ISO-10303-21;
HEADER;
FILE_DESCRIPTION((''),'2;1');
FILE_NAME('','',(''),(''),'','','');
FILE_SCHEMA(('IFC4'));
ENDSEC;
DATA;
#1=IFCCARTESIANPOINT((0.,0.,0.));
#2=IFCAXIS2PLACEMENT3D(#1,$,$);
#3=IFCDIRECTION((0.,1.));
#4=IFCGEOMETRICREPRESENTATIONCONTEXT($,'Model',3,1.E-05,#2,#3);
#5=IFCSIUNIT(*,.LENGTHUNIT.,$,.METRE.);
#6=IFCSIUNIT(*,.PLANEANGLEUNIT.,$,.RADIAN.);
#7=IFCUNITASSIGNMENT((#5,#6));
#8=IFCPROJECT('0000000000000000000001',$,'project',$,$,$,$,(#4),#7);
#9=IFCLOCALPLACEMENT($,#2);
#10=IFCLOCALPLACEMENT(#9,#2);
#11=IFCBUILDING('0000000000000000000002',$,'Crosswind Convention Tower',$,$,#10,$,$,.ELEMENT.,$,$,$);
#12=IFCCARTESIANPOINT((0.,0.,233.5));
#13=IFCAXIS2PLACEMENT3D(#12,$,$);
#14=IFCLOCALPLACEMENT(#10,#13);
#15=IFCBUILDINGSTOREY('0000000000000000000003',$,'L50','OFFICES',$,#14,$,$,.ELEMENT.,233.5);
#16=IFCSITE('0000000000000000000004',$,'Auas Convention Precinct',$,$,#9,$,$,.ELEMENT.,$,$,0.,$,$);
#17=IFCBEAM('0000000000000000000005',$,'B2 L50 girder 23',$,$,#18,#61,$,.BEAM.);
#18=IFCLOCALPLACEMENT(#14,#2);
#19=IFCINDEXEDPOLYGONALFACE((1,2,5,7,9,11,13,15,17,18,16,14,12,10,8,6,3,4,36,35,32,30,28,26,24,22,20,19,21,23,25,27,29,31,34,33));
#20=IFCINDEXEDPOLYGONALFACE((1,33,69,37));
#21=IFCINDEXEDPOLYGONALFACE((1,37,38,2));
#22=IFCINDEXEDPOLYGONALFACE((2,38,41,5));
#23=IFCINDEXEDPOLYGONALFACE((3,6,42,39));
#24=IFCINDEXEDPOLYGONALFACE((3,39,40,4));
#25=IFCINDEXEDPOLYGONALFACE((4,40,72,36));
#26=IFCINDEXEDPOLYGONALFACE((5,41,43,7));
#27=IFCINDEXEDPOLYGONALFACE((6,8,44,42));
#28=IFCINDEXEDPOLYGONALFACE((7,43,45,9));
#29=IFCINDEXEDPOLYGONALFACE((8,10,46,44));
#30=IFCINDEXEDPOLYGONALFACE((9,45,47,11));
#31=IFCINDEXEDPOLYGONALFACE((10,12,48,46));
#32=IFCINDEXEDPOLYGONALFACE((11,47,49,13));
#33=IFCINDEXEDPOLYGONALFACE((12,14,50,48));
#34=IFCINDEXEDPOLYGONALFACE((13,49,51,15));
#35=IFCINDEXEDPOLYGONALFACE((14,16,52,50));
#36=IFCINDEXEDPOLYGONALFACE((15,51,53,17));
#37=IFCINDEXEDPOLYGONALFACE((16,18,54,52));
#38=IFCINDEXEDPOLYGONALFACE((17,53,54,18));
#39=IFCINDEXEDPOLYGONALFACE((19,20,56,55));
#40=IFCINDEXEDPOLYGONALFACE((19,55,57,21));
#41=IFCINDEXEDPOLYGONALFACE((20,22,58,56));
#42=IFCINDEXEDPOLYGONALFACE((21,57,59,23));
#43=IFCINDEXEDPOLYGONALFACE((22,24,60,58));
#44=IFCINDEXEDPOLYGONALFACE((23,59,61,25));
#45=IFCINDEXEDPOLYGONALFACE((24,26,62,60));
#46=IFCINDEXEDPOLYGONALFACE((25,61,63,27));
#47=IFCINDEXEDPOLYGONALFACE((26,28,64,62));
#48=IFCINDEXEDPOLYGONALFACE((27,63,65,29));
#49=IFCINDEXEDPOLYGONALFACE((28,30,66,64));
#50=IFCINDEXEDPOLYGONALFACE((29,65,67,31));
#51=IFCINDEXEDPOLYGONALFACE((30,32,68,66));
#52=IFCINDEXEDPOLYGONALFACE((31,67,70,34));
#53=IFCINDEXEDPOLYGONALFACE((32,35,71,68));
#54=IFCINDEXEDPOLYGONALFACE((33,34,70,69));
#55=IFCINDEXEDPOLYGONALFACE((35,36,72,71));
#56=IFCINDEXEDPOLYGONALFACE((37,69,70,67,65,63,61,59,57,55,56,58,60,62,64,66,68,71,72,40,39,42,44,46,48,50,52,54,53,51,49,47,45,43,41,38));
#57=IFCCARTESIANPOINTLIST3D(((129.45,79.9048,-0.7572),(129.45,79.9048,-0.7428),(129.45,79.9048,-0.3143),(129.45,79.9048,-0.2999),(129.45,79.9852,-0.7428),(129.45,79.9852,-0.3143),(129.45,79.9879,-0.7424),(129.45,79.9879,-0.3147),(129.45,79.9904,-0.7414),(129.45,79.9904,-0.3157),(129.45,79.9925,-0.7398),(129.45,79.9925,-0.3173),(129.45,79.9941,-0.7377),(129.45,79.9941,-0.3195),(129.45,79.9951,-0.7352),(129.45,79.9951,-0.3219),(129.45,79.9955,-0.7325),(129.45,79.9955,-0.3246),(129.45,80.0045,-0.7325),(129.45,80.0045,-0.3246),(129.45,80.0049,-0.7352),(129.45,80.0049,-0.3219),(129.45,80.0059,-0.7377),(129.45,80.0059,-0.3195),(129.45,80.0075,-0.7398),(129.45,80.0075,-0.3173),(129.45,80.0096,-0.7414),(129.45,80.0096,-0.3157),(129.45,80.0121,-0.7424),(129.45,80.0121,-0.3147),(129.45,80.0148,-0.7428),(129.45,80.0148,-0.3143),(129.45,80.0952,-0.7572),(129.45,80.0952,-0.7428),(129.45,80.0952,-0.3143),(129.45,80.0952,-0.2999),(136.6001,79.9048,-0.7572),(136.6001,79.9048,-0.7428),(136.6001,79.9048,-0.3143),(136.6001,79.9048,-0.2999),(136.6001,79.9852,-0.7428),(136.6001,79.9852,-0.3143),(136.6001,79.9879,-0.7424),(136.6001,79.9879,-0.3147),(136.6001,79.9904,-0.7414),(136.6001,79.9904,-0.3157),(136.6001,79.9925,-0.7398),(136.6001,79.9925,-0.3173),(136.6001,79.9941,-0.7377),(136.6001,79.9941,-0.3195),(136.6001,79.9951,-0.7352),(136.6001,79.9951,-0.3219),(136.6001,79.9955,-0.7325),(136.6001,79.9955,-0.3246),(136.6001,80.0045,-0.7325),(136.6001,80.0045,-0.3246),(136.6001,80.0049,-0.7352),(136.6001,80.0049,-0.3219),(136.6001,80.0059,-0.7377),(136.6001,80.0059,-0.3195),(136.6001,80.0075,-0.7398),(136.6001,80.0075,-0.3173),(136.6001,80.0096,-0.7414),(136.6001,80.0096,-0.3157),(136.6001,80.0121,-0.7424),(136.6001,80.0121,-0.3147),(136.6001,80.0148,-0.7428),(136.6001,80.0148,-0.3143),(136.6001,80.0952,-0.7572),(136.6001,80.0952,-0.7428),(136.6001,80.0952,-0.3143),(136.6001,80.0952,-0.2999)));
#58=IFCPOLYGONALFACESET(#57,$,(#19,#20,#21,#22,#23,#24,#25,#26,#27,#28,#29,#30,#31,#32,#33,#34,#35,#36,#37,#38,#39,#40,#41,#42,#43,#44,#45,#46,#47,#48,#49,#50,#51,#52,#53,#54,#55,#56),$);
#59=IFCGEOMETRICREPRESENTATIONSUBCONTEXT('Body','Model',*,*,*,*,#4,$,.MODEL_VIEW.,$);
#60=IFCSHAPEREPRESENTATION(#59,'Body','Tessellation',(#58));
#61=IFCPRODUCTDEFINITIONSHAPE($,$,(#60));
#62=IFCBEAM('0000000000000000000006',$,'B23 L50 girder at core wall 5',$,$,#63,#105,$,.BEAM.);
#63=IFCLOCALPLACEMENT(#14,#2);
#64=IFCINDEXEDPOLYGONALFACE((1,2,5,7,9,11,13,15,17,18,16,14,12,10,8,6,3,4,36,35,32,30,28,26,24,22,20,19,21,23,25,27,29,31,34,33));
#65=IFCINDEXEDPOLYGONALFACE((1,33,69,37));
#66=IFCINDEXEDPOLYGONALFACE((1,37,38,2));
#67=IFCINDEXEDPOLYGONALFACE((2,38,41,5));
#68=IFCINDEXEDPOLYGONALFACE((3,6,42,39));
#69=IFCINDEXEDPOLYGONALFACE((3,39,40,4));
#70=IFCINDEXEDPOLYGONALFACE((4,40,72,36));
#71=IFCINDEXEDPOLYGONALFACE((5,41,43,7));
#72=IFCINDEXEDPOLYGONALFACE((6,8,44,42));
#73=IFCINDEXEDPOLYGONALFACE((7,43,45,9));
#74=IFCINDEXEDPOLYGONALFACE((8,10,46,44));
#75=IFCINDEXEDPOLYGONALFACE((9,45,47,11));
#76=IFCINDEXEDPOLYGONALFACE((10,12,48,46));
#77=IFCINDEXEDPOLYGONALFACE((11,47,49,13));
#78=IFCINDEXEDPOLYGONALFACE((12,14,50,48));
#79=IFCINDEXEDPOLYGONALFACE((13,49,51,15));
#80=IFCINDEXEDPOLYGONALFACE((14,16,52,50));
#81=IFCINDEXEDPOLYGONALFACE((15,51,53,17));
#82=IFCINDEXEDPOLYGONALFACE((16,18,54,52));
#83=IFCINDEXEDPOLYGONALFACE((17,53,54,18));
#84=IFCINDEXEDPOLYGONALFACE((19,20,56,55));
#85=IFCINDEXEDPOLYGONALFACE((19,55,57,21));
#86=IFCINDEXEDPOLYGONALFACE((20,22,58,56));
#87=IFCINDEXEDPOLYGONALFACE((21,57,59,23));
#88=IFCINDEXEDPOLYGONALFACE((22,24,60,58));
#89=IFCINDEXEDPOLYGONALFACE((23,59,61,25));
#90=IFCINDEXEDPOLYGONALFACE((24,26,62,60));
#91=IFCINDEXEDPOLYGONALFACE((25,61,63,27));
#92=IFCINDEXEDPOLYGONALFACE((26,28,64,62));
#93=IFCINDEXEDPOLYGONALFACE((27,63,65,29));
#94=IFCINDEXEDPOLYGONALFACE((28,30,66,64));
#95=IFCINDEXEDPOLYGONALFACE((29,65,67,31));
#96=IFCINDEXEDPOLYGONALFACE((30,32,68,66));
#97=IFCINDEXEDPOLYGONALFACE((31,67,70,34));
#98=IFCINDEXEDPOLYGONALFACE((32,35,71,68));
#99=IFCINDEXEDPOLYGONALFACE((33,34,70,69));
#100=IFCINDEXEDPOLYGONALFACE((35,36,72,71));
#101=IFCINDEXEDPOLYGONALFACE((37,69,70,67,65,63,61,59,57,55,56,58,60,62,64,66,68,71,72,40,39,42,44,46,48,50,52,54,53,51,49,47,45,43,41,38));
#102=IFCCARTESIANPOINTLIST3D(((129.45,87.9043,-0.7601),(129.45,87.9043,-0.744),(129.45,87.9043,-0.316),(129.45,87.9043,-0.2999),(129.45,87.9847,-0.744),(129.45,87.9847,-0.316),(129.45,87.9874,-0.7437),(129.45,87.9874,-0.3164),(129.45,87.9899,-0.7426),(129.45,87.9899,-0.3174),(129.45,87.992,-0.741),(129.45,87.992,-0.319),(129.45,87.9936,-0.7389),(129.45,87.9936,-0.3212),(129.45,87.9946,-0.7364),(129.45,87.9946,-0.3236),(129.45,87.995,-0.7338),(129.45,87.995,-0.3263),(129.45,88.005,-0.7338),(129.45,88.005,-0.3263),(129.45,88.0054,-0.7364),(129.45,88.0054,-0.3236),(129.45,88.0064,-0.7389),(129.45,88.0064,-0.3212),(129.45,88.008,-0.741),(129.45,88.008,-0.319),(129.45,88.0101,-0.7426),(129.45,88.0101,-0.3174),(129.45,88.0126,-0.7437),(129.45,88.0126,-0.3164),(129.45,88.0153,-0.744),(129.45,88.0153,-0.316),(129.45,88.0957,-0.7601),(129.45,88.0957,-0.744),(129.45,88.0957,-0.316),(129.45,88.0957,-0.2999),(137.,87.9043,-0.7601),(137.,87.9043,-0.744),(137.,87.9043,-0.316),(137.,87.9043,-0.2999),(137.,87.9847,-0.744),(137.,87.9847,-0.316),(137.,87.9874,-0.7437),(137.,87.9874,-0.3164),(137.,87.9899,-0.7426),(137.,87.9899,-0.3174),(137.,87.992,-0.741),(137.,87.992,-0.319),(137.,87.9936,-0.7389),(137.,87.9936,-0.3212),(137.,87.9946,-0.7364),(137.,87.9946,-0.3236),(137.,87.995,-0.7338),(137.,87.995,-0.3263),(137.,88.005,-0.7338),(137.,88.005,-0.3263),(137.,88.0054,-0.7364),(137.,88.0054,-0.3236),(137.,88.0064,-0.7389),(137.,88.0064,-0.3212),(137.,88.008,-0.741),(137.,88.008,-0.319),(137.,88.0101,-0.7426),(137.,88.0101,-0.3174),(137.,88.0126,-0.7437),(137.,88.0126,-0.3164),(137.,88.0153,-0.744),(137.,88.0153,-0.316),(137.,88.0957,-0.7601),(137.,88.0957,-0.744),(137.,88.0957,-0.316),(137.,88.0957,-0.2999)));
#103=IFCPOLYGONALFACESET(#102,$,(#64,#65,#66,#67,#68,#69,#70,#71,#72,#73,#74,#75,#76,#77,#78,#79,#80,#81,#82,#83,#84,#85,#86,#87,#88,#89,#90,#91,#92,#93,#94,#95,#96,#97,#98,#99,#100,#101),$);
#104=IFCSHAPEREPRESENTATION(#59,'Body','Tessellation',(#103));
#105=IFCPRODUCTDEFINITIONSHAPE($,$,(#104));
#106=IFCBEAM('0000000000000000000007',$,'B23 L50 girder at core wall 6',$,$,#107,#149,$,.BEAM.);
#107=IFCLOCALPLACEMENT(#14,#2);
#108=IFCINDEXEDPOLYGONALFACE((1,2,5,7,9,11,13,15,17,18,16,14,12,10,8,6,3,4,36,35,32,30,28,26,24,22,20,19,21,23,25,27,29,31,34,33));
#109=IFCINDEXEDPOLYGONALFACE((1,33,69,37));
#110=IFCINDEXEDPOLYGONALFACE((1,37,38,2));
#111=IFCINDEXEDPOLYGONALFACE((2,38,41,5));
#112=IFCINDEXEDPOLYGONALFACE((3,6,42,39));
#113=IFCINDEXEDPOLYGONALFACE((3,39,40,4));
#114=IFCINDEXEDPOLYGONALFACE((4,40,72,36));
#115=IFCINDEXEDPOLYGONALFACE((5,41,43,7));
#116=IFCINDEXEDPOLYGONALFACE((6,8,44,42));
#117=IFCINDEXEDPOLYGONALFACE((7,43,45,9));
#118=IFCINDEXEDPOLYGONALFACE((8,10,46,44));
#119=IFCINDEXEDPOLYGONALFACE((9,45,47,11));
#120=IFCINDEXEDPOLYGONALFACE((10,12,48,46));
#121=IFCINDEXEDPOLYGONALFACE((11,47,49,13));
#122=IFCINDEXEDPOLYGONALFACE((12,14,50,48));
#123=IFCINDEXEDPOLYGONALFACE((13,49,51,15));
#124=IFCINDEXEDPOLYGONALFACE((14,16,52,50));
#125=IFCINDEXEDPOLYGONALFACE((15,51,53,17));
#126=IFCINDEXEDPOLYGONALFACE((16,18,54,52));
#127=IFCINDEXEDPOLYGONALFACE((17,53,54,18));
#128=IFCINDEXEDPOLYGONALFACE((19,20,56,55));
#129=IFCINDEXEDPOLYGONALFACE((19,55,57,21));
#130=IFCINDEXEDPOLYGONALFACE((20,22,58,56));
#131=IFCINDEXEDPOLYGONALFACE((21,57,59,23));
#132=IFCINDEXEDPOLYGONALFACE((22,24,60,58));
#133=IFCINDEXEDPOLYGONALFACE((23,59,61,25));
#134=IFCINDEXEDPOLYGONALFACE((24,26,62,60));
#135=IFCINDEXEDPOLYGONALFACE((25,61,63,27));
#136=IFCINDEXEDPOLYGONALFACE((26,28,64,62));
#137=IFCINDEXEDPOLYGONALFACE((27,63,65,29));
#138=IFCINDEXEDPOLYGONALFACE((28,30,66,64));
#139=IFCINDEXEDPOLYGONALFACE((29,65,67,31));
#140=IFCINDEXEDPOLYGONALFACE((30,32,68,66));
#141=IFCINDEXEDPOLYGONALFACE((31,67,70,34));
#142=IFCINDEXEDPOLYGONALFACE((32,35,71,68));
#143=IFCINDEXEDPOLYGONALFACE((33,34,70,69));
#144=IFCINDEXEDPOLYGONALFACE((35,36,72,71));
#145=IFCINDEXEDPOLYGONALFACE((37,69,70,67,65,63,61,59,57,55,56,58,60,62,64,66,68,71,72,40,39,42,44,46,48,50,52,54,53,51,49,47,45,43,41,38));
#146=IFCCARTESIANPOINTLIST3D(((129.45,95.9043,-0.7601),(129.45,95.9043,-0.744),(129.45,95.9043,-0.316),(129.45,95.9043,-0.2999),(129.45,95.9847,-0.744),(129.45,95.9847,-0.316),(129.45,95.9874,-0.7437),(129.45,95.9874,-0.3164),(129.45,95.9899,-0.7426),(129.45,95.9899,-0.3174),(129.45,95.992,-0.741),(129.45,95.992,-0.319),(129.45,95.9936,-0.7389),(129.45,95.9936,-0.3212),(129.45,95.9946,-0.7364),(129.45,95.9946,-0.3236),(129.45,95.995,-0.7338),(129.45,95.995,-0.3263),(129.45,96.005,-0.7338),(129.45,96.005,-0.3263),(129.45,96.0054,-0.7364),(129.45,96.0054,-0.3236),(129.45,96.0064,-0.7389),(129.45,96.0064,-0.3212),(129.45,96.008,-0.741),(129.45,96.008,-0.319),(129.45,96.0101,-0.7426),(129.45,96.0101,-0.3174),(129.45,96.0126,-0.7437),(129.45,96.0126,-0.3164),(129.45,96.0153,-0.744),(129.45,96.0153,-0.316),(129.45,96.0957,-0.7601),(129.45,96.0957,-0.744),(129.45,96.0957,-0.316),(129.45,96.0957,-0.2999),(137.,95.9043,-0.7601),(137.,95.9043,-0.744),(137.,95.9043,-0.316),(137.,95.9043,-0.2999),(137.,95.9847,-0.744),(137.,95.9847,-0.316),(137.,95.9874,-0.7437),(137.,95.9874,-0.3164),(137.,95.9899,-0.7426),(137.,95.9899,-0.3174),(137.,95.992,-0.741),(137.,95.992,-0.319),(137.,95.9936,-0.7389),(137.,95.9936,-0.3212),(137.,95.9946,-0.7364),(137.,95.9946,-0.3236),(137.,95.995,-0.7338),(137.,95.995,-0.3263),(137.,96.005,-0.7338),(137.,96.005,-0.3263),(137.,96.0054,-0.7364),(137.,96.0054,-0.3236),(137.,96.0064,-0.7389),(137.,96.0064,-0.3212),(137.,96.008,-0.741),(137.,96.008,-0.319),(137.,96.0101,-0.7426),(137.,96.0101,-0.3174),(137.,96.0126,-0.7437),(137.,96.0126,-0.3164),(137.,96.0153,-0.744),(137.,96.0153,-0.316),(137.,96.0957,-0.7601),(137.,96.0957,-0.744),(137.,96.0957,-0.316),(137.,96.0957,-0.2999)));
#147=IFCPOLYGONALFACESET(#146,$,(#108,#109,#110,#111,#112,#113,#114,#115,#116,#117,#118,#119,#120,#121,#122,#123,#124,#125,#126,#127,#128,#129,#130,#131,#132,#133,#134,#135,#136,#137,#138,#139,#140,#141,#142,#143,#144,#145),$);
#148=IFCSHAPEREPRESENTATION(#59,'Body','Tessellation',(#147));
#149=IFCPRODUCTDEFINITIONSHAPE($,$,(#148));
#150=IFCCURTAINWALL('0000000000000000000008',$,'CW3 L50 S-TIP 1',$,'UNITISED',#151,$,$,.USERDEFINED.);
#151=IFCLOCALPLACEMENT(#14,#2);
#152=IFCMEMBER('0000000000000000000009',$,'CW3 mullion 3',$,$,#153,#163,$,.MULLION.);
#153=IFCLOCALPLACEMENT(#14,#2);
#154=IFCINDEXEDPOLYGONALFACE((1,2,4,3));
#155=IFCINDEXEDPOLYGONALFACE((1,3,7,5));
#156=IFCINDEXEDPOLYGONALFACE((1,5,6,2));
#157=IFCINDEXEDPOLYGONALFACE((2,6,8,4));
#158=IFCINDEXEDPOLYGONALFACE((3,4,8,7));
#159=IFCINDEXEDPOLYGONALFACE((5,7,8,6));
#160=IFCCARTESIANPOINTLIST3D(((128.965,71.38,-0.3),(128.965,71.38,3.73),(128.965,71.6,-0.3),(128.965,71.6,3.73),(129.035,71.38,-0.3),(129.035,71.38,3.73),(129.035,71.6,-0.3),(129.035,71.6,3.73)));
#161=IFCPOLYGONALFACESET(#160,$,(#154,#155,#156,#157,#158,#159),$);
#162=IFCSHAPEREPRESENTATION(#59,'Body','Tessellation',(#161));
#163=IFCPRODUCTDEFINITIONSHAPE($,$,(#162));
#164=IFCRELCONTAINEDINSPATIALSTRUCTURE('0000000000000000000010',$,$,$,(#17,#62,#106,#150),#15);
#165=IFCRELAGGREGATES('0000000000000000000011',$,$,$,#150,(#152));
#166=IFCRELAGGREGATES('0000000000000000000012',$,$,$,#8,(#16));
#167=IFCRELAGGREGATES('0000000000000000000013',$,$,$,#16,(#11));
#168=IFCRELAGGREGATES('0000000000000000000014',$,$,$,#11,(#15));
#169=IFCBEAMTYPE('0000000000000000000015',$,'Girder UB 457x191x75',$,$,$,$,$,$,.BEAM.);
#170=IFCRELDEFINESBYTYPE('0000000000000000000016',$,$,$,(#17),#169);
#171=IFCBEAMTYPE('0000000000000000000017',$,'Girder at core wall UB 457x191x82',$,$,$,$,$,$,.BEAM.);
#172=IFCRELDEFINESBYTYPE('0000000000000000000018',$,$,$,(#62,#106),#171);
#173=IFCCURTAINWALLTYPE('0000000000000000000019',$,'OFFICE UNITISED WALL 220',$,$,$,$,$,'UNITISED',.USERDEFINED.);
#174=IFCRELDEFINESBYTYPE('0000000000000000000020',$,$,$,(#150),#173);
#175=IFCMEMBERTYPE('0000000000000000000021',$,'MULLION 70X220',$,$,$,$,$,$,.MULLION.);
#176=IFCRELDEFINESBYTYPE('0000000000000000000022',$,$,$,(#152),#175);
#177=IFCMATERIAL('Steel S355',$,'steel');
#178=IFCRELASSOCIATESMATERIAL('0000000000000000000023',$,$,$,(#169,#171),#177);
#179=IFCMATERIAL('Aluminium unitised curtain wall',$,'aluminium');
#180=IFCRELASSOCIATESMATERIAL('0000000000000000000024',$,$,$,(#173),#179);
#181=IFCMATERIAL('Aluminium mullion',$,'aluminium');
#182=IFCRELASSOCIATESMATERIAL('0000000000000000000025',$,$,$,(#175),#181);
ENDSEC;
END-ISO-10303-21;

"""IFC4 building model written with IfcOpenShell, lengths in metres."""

from ifc_helpers import new_model, si_unit, direction, frame, origin, origin_2d, place, context, subcontext, project, spatial, rectangle, i_section, extrude, material, material_profile, profile_set, type_object, element, aggregate, save


model = new_model("IFC4")

# Units and contexts
model_context = context("Model", 3, precision=1e-05, world=origin(), true_north=direction((0.0, 1.0)))
body_context = subcontext(model_context, "Body", "Model", "MODEL_VIEW")
ifc_project = project(units=[si_unit("LENGTHUNIT", "METRE"), si_unit("PLANEANGLEUNIT", "RADIAN")], contexts=[model_context])

# Site, building, storey
site_placement = place(None, origin())
site = spatial("IfcSite", under=ifc_project, at=site_placement, Name="Auas Convention Precinct", CompositionType="ELEMENT", RefElevation=0.0)
building_placement = place(site_placement, origin())
building = spatial("IfcBuilding", under=site, at=building_placement, Name="Crosswind Convention Tower", CompositionType="ELEMENT")
storey_placement = place(building_placement, frame((0.0, 0.0, 233.5)))
storey = spatial("IfcBuildingStorey", under=building, at=storey_placement, Name="L50", Description="OFFICES", CompositionType="ELEMENT", Elevation=233.5)

# Beams
ifc_material_1 = material(Name="Steel S355", Category="steel")
ifc_material_profile_1 = material_profile(ifc_material_1, i_section(OverallWidth=0.1904, OverallDepth=0.4573, WebThickness=0.009, FlangeThickness=0.0144, FilletRadius=0.0103, at=origin_2d()), Name="UB 457x191x75")
ifc_profile_set_1 = profile_set([ifc_material_profile_1], Name="Steel S355")
beam_type_1 = type_object("IfcBeamType", Name="Girder UB 457x191x75", PredefinedType="BEAM", material=ifc_profile_set_1)
beam_1_placement = place(storey_placement, frame((129.45, 80.0, -0.5286), z_axis=(1.0, 0.0, 0.0), x_axis=(0.0, 1.0, 0.0)))
element("IfcBeam", 1, at=beam_1_placement, inside=storey, type_object=beam_type_1, Name="B2 L50 girder 23", PredefinedType="BEAM", context=body_context, shape_type="SweptSolid", body=[
    extrude(i_section(OverallWidth=0.1904, OverallDepth=0.4573, WebThickness=0.009, FlangeThickness=0.0144, FilletRadius=0.0103, at=origin_2d()), origin(), (0.0, 0.0, 1.0), 7.1501),
])
ifc_material_profile_2 = material_profile(ifc_material_1, i_section(OverallWidth=0.1914, OverallDepth=0.4602, WebThickness=0.01, FlangeThickness=0.0161, FilletRadius=0.0103, at=origin_2d()), Name="UB 457x191x82")
ifc_profile_set_2 = profile_set([ifc_material_profile_2], Name="Steel S355")
beam_type_2 = type_object("IfcBeamType", Name="Girder at core wall UB 457x191x82", PredefinedType="BEAM", material=ifc_profile_set_2)
for number, where, z_axis, x_axis, name in (
    (2, (129.45, 88.0, -0.53), (1.0, 0.0, 0.0), (0.0, 1.0, 0.0), "B23 L50 girder at core wall 5"),
    (3, (129.45, 96.0, -0.53), (1.0, 0.0, 0.0), (0.0, 1.0, 0.0), "B23 L50 girder at core wall 6"),
):
    element("IfcBeam", number, at=place(storey_placement, frame(where, z_axis=z_axis, x_axis=x_axis)), inside=storey, type_object=beam_type_2, Name=name, PredefinedType="BEAM", context=body_context, shape_type="SweptSolid", body=[
        extrude(i_section(OverallWidth=0.1914, OverallDepth=0.4602, WebThickness=0.01, FlangeThickness=0.0161, FilletRadius=0.0103, at=origin_2d()), origin(), (0.0, 0.0, 1.0), 7.55),
    ])

# Curtain wall, member
ifc_material_2 = material(Name="Aluminium unitised curtain wall", Category="aluminium")
curtain_wall_type = type_object("IfcCurtainWallType", Name="OFFICE UNITISED WALL 220", ElementType="UNITISED", PredefinedType="USERDEFINED", material=ifc_material_2)
curtain_wall_placement = place(storey_placement, origin())
curtain_wall = element("IfcCurtainWall", 4, at=curtain_wall_placement, inside=storey, type_object=curtain_wall_type, Name="CW3 L50 S-TIP 1", ObjectType="UNITISED", PredefinedType="USERDEFINED")
ifc_material_3 = material(Name="Aluminium mullion", Category="aluminium")
ifc_material_profile_3 = material_profile(ifc_material_3, rectangle(XDim=0.22, YDim=0.0701, at=origin_2d()), Name="AL 220X70")
ifc_profile_set_3 = profile_set([ifc_material_profile_3], Name="Aluminium mullion")
member_type = type_object("IfcMemberType", Name="MULLION 70X220", PredefinedType="MULLION", material=ifc_profile_set_3)
member_placement = place(storey_placement, frame((129.0, 71.49, -0.3), z_axis=(0.0, 0.0, 1.0), x_axis=(0.0, -1.0, 0.0)))
member = element("IfcMember", 5, at=member_placement, type_object=member_type, Name="CW3 mullion 3", PredefinedType="MULLION", context=body_context, shape_type="SweptSolid", body=[
    extrude(rectangle(XDim=0.22, YDim=0.0701, at=origin_2d()), origin(), (0.0, 0.0, 1.0), 4.03),
])

aggregate(curtain_wall, [member])

save(model, "model.ifc")
